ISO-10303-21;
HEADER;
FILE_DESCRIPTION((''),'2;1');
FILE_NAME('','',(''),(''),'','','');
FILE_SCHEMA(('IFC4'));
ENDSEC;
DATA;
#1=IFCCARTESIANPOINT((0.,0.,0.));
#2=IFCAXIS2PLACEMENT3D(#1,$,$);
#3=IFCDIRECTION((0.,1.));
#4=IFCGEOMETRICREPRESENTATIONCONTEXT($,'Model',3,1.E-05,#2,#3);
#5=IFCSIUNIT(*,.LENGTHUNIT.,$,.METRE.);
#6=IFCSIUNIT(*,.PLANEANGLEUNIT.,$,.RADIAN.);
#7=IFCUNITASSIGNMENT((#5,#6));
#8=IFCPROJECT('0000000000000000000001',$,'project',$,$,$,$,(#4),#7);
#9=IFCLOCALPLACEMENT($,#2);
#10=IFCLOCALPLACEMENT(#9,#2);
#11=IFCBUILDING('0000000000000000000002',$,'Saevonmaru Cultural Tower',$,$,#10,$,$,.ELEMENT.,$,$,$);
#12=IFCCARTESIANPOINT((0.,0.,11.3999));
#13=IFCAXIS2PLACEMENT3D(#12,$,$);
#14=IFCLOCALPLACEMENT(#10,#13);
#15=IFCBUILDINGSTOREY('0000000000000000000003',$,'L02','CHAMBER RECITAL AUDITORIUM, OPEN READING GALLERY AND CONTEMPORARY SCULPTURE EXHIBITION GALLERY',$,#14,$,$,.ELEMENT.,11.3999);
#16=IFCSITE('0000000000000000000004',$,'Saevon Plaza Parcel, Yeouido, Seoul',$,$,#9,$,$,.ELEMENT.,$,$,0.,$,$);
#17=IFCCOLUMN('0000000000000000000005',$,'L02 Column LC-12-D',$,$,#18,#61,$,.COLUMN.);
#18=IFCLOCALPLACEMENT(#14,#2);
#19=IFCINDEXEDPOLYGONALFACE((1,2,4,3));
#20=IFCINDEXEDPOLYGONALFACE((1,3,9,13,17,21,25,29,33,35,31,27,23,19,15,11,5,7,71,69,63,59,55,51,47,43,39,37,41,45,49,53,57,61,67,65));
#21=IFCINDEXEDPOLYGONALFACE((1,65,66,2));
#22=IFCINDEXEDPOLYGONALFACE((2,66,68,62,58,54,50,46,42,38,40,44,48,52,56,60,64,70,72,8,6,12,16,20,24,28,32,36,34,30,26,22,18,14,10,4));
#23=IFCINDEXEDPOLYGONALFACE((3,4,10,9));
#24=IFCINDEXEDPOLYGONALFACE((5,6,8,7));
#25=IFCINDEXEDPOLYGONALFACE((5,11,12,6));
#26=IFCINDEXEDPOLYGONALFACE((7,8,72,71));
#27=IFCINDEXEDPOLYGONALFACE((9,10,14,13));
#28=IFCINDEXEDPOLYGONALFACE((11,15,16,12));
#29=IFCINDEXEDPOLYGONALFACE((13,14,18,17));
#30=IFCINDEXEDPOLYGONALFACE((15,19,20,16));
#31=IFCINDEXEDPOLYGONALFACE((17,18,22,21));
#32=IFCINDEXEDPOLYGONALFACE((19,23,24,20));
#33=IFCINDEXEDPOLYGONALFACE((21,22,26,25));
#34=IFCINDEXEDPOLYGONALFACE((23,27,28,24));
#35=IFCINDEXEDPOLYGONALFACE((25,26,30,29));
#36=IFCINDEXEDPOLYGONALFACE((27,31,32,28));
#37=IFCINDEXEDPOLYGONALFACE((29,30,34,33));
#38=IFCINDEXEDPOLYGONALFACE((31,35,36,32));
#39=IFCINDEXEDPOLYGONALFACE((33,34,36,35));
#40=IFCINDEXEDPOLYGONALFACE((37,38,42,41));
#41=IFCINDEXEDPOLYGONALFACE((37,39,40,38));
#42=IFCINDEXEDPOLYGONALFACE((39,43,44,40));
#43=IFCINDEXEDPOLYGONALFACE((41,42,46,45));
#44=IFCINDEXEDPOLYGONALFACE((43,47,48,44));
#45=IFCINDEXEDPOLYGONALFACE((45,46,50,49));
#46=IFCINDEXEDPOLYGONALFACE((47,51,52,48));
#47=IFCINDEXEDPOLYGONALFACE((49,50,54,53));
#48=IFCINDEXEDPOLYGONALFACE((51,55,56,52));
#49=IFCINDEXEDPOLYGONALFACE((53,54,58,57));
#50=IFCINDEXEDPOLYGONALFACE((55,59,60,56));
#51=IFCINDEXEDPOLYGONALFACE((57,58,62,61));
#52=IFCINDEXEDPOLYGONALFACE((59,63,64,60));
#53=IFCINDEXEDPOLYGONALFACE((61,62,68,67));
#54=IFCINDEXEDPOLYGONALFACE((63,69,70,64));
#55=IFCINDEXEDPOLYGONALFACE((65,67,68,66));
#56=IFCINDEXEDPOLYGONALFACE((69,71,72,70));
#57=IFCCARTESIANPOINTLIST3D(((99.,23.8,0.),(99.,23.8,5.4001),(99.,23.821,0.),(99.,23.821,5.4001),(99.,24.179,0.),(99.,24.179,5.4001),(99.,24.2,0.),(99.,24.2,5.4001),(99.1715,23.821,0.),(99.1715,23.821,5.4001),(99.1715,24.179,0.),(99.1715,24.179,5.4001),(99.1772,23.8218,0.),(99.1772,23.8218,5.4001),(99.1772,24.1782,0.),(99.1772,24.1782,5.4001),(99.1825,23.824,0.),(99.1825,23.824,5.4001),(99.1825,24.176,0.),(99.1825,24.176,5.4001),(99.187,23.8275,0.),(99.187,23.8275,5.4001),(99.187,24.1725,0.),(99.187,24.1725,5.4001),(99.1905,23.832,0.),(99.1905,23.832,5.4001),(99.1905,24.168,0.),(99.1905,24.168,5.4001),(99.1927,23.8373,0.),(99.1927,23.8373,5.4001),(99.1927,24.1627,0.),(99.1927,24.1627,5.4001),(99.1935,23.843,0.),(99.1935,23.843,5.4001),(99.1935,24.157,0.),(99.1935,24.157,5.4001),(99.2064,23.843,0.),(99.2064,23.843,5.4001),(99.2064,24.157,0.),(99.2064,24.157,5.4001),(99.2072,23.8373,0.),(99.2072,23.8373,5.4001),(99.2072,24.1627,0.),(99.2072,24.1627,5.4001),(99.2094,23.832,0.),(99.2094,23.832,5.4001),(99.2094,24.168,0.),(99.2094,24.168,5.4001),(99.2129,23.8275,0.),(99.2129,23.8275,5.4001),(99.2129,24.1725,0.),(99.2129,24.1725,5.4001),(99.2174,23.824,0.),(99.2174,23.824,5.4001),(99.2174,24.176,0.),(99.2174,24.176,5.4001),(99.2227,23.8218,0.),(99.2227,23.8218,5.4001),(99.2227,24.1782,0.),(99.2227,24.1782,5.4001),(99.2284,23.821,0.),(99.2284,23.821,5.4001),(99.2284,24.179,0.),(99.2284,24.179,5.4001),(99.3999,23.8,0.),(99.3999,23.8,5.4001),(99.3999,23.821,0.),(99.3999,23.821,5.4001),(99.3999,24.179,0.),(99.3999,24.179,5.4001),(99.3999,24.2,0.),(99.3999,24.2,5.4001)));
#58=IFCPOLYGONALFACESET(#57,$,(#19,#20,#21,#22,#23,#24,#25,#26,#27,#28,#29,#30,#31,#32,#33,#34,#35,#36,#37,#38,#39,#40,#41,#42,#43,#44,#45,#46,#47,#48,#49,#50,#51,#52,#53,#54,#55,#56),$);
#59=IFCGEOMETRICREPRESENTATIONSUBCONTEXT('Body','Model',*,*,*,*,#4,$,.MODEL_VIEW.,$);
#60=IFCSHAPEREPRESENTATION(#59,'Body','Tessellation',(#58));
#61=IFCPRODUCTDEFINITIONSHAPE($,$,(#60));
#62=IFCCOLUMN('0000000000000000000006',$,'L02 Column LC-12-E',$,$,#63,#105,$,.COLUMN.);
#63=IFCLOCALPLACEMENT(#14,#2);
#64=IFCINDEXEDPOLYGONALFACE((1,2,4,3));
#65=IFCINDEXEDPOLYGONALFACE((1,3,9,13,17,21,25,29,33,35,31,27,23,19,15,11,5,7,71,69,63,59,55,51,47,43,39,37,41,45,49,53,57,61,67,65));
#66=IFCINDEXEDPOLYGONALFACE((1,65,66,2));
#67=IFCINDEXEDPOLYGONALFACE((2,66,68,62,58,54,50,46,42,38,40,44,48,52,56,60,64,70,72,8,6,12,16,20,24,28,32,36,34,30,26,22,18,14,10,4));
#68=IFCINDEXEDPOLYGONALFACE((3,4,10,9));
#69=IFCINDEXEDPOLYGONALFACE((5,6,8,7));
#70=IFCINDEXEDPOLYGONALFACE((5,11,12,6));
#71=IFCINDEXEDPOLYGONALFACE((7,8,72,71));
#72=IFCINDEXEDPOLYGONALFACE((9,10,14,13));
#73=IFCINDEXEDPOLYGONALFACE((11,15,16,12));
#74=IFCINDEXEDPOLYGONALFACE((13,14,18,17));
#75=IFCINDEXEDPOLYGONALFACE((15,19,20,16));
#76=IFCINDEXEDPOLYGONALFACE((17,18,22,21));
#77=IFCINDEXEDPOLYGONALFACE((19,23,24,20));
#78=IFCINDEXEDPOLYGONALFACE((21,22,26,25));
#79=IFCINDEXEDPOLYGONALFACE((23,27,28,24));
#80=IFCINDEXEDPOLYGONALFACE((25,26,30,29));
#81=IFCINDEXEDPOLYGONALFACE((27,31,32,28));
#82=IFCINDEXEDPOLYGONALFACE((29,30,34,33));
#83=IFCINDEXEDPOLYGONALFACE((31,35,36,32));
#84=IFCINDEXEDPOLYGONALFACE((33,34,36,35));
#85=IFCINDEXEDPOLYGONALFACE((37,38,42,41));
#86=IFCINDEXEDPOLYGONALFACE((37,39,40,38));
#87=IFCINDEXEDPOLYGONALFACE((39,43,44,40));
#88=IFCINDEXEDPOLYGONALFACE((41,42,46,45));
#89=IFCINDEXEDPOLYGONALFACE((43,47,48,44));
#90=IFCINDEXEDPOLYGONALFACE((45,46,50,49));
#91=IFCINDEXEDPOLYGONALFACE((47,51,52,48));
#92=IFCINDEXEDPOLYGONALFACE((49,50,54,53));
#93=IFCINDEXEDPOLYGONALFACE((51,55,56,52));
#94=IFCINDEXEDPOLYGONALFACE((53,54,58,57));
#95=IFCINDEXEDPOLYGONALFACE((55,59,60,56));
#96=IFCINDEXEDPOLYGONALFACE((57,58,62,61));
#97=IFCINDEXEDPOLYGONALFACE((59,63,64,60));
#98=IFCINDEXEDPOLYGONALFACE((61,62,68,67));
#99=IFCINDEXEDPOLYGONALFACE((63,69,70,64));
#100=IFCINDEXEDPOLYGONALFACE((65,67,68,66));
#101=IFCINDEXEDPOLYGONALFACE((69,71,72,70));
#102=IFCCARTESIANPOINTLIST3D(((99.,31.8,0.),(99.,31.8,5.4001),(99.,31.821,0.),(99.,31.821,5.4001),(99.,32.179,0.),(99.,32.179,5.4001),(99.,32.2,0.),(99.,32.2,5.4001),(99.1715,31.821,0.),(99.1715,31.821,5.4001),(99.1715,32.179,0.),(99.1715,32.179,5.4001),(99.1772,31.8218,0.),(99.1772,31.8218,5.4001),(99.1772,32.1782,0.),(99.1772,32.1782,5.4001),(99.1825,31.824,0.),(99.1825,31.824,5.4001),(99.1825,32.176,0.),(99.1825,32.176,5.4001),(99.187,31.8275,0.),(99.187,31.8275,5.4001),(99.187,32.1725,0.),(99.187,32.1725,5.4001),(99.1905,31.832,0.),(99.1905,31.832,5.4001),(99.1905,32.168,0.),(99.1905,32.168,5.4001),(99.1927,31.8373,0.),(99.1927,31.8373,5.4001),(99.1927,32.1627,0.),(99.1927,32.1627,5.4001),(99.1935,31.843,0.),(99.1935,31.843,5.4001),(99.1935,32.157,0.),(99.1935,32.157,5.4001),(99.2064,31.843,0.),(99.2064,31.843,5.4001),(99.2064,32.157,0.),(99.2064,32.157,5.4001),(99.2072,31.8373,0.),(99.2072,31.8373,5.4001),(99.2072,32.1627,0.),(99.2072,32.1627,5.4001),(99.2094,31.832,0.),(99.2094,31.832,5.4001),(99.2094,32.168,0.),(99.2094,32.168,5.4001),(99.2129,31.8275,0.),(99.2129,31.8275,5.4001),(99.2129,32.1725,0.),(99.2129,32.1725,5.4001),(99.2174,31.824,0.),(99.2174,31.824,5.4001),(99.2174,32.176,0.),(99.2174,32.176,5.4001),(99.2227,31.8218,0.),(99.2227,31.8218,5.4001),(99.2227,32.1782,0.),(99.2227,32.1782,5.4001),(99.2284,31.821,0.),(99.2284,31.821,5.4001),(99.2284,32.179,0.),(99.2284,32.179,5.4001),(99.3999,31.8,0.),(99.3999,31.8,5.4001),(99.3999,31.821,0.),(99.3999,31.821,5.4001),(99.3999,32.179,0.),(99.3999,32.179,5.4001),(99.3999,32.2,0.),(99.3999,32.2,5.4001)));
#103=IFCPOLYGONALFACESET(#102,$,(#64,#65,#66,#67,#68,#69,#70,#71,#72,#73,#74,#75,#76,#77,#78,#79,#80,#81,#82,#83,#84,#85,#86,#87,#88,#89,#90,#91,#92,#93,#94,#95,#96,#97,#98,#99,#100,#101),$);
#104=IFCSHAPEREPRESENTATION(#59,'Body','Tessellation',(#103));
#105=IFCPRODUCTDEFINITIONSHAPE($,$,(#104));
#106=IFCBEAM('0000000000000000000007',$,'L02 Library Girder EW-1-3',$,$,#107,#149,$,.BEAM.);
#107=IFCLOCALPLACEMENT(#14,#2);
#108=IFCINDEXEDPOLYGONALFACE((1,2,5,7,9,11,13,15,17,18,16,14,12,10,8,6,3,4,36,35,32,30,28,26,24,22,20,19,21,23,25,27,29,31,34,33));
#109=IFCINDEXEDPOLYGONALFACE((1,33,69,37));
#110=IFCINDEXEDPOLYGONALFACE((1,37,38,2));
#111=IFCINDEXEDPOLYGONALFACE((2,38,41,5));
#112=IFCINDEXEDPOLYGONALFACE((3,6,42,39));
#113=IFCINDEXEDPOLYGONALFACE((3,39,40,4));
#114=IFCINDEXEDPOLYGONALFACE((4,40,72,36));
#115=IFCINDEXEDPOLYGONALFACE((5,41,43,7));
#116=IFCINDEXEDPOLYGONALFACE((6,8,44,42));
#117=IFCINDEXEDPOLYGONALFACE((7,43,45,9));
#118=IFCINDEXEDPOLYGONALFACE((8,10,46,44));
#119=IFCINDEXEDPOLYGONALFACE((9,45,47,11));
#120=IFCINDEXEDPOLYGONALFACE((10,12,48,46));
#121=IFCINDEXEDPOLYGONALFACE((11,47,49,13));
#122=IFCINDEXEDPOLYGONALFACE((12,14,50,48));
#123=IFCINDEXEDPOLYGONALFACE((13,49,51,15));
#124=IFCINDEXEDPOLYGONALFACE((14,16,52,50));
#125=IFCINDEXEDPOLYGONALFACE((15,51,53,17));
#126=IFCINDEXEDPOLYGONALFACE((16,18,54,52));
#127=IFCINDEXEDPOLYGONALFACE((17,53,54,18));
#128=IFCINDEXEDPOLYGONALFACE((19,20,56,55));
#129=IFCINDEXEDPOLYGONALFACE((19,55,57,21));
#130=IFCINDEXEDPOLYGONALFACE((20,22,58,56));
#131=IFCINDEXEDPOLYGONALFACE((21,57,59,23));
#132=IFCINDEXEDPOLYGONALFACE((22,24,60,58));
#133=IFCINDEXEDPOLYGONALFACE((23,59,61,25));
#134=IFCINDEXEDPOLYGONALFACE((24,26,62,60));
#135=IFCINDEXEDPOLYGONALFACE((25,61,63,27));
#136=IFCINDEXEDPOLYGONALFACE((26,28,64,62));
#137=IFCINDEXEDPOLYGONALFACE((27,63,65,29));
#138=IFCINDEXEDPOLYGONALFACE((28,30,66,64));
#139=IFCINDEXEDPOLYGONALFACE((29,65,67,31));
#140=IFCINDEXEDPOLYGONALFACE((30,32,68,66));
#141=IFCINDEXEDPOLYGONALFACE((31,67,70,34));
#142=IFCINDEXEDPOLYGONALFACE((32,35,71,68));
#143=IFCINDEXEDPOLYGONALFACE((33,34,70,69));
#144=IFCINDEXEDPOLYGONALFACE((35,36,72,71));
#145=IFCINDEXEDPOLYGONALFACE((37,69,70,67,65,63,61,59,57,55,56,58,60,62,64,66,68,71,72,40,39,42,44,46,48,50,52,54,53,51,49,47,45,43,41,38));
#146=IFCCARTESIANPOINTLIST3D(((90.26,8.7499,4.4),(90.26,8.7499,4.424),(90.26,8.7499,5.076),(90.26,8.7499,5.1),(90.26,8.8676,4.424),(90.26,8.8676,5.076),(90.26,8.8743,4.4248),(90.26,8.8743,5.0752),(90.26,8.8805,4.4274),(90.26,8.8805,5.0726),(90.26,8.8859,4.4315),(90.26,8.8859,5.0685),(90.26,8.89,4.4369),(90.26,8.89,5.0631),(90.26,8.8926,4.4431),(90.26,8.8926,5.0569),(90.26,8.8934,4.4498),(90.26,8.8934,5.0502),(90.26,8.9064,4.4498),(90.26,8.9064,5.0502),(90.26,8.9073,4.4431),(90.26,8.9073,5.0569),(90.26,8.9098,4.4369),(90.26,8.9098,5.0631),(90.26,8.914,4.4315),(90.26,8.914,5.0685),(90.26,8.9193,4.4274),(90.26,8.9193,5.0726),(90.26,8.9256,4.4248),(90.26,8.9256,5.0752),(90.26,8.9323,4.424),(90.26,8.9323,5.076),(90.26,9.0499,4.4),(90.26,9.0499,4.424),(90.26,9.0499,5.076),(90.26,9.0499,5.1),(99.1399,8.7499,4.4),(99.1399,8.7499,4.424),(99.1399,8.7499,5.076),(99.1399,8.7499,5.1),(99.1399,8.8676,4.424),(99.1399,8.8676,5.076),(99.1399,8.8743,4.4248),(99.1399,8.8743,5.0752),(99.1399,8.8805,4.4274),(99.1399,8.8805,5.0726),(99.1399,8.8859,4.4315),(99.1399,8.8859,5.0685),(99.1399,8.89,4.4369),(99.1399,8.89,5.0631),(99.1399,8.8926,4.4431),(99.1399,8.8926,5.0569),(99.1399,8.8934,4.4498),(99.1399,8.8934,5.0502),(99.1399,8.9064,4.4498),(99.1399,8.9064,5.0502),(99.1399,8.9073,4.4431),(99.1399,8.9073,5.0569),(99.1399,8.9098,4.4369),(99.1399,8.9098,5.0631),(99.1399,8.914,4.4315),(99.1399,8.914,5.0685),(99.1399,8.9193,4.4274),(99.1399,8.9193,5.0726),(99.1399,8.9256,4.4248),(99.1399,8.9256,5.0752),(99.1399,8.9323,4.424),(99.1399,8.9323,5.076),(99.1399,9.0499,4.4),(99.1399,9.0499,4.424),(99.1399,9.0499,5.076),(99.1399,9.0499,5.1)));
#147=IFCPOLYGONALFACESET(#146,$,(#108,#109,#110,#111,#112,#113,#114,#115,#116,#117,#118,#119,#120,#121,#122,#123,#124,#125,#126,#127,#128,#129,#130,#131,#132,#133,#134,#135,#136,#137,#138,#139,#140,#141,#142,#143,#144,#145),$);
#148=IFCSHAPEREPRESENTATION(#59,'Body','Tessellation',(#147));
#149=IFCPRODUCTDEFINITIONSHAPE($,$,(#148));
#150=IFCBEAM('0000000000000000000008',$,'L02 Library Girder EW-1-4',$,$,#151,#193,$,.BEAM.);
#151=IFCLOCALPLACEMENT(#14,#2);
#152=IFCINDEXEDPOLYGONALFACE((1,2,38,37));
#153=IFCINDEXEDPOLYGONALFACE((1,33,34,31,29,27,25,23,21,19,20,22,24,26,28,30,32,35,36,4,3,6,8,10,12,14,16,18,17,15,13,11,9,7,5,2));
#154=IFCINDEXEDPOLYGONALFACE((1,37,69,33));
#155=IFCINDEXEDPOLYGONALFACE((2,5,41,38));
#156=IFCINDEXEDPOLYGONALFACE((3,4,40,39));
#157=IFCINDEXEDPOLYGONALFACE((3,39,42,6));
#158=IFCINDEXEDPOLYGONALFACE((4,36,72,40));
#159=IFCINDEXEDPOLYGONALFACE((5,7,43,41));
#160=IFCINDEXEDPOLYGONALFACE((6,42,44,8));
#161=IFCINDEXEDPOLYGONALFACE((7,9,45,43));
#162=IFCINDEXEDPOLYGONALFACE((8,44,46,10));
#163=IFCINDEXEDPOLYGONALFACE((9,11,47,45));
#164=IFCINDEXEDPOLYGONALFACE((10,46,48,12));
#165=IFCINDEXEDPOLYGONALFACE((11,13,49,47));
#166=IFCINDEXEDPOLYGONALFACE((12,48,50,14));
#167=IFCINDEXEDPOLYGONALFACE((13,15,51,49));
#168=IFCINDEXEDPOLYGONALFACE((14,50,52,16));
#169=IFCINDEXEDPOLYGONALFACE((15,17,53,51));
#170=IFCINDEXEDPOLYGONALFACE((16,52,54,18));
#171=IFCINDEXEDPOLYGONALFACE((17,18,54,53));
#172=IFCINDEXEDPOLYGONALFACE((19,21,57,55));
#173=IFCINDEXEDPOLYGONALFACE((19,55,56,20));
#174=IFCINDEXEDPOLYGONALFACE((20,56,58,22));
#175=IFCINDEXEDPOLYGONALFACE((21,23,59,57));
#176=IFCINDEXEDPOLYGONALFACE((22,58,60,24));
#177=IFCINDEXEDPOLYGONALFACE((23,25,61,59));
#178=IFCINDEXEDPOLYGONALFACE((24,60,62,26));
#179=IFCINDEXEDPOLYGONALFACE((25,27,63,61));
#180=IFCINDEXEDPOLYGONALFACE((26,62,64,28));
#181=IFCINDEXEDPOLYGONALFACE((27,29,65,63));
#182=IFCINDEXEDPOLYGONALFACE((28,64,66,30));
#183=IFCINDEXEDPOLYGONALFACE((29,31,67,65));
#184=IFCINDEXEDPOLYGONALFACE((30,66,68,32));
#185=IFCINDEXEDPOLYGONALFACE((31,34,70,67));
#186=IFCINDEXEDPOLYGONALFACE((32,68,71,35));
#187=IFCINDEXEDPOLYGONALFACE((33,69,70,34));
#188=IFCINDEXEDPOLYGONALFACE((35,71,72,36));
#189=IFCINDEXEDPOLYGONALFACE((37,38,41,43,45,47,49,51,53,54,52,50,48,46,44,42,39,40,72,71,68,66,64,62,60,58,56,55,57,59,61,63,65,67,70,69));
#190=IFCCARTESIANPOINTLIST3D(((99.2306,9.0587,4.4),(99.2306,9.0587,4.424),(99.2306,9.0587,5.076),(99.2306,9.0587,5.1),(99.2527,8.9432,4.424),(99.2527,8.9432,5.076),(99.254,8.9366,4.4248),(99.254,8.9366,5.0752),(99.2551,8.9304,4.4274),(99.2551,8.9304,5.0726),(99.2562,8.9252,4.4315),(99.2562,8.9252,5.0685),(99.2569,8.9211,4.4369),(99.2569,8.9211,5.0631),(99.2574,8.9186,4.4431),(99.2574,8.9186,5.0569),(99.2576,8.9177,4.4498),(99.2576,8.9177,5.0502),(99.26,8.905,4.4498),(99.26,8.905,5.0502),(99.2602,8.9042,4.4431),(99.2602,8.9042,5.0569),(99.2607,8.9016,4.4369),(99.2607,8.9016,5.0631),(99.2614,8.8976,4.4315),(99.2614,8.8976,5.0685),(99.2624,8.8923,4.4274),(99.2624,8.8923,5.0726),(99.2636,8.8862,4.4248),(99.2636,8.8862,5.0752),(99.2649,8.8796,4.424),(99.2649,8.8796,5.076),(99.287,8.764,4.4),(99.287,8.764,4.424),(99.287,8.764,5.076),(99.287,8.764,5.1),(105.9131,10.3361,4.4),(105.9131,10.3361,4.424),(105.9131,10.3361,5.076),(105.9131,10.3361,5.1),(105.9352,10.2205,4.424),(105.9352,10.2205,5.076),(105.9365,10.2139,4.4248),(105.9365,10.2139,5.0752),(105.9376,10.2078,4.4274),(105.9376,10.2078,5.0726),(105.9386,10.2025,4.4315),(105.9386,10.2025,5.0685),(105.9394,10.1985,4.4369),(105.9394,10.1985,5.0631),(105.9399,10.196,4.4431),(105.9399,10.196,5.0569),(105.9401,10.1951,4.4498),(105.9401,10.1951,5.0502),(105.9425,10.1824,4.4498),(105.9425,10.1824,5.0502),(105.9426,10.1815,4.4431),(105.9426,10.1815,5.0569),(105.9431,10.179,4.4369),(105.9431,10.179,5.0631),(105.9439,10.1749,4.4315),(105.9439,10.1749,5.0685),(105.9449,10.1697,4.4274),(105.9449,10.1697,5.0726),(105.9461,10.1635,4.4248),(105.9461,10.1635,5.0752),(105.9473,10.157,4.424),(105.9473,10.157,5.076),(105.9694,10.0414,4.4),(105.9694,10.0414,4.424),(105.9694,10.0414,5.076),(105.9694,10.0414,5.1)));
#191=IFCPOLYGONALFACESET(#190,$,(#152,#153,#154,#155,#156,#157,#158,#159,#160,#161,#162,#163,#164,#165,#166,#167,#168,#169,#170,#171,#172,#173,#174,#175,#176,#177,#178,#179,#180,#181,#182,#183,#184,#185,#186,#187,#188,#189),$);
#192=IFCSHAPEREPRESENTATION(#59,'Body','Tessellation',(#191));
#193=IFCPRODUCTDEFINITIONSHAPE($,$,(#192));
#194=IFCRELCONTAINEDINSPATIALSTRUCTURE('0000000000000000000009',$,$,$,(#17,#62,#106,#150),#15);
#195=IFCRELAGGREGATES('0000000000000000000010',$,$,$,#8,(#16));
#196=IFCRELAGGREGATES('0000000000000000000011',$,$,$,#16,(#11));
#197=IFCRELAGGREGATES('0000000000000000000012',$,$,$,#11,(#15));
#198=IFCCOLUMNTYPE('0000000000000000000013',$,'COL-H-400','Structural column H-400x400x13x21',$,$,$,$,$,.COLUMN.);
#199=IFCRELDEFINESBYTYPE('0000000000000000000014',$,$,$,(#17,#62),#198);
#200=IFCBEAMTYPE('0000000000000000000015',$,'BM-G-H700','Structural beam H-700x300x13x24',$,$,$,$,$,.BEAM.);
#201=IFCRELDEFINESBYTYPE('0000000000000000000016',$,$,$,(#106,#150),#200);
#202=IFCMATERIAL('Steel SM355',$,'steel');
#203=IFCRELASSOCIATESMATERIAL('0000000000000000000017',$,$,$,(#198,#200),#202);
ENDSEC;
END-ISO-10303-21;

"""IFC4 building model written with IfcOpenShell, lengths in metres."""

from ifc_helpers import new_model, si_unit, direction, frame, origin, origin_2d, place, context, subcontext, project, spatial, i_section, extrude, material, material_profile, profile_set, type_object, element, save


model = new_model("IFC4")

# Units and contexts
model_context = context("Model", 3, precision=1e-05, world=origin(), true_north=direction((0.0, 1.0)))
body_context = subcontext(model_context, "Body", "Model", "MODEL_VIEW")
ifc_project = project(units=[si_unit("LENGTHUNIT", "METRE"), si_unit("PLANEANGLEUNIT", "RADIAN")], contexts=[model_context])

# Site, building, storey
site_placement = place(None, origin())
site = spatial("IfcSite", under=ifc_project, at=site_placement, Name="Saevon Plaza Parcel, Yeouido, Seoul", CompositionType="ELEMENT", RefElevation=0.0)
building_placement = place(site_placement, origin())
building = spatial("IfcBuilding", under=site, at=building_placement, Name="Saevonmaru Cultural Tower", CompositionType="ELEMENT")
storey_placement = place(building_placement, frame((0.0, 0.0, 11.3999)))
storey = spatial("IfcBuildingStorey", under=building, at=storey_placement, Name="L02", Description="CHAMBER RECITAL AUDITORIUM, OPEN READING GALLERY AND CONTEMPORARY SCULPTURE EXHIBITION GALLERY", CompositionType="ELEMENT", Elevation=11.3999)

# Columns
ifc_material_1 = material(Name="Steel SM355", Category="steel")
ifc_material_profile_1 = material_profile(ifc_material_1, i_section(OverallWidth=0.3999, OverallDepth=0.3999, WebThickness=0.0129, FlangeThickness=0.021, FilletRadius=0.022, at=origin_2d()), Name="H-400x400x13x21")
ifc_profile_set_1 = profile_set([ifc_material_profile_1], Name="Steel SM355")
column_type_1 = type_object("IfcColumnType", Name="COL-H-400", Description="Structural column H-400x400x13x21", PredefinedType="COLUMN", material=ifc_profile_set_1)
for number, where, z_axis, x_axis, name in (
    (1, (99.2, 24.0, 0.0), (0.0, 0.0, 1.0), (1.0, 0.0, 0.0), "L02 Column LC-12-D"),
    (2, (99.2, 32.0, 0.0), (0.0, 0.0, 1.0), (1.0, 0.0, 0.0), "L02 Column LC-12-E"),
):
    element("IfcColumn", number, at=place(storey_placement, frame(where, z_axis=z_axis, x_axis=x_axis)), inside=storey, type_object=column_type_1, Name=name, PredefinedType="COLUMN", context=body_context, shape_type="SweptSolid", body=[
        extrude(i_section(OverallWidth=0.3999, OverallDepth=0.3999, WebThickness=0.0129, FlangeThickness=0.021, FilletRadius=0.022, at=origin_2d()), origin(), (0.0, 0.0, 1.0), 5.4001),
    ])

# Beams
ifc_material_profile_2 = material_profile(ifc_material_1, i_section(OverallWidth=0.3, OverallDepth=0.7, WebThickness=0.0129, FlangeThickness=0.0239, FilletRadius=0.0259, at=origin_2d()), Name="H-700x300x13x24")
ifc_profile_set_2 = profile_set([ifc_material_profile_2], Name="Steel SM355")
beam_type_1 = type_object("IfcBeamType", Name="BM-G-H700", Description="Structural beam H-700x300x13x24", PredefinedType="BEAM", material=ifc_profile_set_2)
beam_1_placement = place(storey_placement, frame((90.26, 8.8999, 4.75), z_axis=(1.0, 0.0, 0.0), x_axis=(0.0, 1.0, 0.0)))
element("IfcBeam", 3, at=beam_1_placement, inside=storey, type_object=beam_type_1, Name="L02 Library Girder EW-1-3", PredefinedType="BEAM", context=body_context, shape_type="SweptSolid", body=[
    extrude(i_section(OverallWidth=0.3, OverallDepth=0.7, WebThickness=0.0129, FlangeThickness=0.0239, FilletRadius=0.0259, at=origin_2d()), origin(), (0.0, 0.0, 1.0), 8.8799),
])
beam_2_placement = place(storey_placement, frame((99.2588, 8.9114, 4.75), z_axis=(0.982216, 0.187752, 0.0), x_axis=(-0.187752, 0.982216, 0.0)))
element("IfcBeam", 4, at=beam_2_placement, inside=storey, type_object=beam_type_1, Name="L02 Library Girder EW-1-4", PredefinedType="BEAM", context=body_context, shape_type="SweptSolid", body=[
    extrude(i_section(OverallWidth=0.3, OverallDepth=0.7, WebThickness=0.0129, FlangeThickness=0.0239, FilletRadius=0.0259, at=origin_2d()), origin(), (0.0, 0.0, 1.0), 6.8035),
])

save(model, "model.ifc")
